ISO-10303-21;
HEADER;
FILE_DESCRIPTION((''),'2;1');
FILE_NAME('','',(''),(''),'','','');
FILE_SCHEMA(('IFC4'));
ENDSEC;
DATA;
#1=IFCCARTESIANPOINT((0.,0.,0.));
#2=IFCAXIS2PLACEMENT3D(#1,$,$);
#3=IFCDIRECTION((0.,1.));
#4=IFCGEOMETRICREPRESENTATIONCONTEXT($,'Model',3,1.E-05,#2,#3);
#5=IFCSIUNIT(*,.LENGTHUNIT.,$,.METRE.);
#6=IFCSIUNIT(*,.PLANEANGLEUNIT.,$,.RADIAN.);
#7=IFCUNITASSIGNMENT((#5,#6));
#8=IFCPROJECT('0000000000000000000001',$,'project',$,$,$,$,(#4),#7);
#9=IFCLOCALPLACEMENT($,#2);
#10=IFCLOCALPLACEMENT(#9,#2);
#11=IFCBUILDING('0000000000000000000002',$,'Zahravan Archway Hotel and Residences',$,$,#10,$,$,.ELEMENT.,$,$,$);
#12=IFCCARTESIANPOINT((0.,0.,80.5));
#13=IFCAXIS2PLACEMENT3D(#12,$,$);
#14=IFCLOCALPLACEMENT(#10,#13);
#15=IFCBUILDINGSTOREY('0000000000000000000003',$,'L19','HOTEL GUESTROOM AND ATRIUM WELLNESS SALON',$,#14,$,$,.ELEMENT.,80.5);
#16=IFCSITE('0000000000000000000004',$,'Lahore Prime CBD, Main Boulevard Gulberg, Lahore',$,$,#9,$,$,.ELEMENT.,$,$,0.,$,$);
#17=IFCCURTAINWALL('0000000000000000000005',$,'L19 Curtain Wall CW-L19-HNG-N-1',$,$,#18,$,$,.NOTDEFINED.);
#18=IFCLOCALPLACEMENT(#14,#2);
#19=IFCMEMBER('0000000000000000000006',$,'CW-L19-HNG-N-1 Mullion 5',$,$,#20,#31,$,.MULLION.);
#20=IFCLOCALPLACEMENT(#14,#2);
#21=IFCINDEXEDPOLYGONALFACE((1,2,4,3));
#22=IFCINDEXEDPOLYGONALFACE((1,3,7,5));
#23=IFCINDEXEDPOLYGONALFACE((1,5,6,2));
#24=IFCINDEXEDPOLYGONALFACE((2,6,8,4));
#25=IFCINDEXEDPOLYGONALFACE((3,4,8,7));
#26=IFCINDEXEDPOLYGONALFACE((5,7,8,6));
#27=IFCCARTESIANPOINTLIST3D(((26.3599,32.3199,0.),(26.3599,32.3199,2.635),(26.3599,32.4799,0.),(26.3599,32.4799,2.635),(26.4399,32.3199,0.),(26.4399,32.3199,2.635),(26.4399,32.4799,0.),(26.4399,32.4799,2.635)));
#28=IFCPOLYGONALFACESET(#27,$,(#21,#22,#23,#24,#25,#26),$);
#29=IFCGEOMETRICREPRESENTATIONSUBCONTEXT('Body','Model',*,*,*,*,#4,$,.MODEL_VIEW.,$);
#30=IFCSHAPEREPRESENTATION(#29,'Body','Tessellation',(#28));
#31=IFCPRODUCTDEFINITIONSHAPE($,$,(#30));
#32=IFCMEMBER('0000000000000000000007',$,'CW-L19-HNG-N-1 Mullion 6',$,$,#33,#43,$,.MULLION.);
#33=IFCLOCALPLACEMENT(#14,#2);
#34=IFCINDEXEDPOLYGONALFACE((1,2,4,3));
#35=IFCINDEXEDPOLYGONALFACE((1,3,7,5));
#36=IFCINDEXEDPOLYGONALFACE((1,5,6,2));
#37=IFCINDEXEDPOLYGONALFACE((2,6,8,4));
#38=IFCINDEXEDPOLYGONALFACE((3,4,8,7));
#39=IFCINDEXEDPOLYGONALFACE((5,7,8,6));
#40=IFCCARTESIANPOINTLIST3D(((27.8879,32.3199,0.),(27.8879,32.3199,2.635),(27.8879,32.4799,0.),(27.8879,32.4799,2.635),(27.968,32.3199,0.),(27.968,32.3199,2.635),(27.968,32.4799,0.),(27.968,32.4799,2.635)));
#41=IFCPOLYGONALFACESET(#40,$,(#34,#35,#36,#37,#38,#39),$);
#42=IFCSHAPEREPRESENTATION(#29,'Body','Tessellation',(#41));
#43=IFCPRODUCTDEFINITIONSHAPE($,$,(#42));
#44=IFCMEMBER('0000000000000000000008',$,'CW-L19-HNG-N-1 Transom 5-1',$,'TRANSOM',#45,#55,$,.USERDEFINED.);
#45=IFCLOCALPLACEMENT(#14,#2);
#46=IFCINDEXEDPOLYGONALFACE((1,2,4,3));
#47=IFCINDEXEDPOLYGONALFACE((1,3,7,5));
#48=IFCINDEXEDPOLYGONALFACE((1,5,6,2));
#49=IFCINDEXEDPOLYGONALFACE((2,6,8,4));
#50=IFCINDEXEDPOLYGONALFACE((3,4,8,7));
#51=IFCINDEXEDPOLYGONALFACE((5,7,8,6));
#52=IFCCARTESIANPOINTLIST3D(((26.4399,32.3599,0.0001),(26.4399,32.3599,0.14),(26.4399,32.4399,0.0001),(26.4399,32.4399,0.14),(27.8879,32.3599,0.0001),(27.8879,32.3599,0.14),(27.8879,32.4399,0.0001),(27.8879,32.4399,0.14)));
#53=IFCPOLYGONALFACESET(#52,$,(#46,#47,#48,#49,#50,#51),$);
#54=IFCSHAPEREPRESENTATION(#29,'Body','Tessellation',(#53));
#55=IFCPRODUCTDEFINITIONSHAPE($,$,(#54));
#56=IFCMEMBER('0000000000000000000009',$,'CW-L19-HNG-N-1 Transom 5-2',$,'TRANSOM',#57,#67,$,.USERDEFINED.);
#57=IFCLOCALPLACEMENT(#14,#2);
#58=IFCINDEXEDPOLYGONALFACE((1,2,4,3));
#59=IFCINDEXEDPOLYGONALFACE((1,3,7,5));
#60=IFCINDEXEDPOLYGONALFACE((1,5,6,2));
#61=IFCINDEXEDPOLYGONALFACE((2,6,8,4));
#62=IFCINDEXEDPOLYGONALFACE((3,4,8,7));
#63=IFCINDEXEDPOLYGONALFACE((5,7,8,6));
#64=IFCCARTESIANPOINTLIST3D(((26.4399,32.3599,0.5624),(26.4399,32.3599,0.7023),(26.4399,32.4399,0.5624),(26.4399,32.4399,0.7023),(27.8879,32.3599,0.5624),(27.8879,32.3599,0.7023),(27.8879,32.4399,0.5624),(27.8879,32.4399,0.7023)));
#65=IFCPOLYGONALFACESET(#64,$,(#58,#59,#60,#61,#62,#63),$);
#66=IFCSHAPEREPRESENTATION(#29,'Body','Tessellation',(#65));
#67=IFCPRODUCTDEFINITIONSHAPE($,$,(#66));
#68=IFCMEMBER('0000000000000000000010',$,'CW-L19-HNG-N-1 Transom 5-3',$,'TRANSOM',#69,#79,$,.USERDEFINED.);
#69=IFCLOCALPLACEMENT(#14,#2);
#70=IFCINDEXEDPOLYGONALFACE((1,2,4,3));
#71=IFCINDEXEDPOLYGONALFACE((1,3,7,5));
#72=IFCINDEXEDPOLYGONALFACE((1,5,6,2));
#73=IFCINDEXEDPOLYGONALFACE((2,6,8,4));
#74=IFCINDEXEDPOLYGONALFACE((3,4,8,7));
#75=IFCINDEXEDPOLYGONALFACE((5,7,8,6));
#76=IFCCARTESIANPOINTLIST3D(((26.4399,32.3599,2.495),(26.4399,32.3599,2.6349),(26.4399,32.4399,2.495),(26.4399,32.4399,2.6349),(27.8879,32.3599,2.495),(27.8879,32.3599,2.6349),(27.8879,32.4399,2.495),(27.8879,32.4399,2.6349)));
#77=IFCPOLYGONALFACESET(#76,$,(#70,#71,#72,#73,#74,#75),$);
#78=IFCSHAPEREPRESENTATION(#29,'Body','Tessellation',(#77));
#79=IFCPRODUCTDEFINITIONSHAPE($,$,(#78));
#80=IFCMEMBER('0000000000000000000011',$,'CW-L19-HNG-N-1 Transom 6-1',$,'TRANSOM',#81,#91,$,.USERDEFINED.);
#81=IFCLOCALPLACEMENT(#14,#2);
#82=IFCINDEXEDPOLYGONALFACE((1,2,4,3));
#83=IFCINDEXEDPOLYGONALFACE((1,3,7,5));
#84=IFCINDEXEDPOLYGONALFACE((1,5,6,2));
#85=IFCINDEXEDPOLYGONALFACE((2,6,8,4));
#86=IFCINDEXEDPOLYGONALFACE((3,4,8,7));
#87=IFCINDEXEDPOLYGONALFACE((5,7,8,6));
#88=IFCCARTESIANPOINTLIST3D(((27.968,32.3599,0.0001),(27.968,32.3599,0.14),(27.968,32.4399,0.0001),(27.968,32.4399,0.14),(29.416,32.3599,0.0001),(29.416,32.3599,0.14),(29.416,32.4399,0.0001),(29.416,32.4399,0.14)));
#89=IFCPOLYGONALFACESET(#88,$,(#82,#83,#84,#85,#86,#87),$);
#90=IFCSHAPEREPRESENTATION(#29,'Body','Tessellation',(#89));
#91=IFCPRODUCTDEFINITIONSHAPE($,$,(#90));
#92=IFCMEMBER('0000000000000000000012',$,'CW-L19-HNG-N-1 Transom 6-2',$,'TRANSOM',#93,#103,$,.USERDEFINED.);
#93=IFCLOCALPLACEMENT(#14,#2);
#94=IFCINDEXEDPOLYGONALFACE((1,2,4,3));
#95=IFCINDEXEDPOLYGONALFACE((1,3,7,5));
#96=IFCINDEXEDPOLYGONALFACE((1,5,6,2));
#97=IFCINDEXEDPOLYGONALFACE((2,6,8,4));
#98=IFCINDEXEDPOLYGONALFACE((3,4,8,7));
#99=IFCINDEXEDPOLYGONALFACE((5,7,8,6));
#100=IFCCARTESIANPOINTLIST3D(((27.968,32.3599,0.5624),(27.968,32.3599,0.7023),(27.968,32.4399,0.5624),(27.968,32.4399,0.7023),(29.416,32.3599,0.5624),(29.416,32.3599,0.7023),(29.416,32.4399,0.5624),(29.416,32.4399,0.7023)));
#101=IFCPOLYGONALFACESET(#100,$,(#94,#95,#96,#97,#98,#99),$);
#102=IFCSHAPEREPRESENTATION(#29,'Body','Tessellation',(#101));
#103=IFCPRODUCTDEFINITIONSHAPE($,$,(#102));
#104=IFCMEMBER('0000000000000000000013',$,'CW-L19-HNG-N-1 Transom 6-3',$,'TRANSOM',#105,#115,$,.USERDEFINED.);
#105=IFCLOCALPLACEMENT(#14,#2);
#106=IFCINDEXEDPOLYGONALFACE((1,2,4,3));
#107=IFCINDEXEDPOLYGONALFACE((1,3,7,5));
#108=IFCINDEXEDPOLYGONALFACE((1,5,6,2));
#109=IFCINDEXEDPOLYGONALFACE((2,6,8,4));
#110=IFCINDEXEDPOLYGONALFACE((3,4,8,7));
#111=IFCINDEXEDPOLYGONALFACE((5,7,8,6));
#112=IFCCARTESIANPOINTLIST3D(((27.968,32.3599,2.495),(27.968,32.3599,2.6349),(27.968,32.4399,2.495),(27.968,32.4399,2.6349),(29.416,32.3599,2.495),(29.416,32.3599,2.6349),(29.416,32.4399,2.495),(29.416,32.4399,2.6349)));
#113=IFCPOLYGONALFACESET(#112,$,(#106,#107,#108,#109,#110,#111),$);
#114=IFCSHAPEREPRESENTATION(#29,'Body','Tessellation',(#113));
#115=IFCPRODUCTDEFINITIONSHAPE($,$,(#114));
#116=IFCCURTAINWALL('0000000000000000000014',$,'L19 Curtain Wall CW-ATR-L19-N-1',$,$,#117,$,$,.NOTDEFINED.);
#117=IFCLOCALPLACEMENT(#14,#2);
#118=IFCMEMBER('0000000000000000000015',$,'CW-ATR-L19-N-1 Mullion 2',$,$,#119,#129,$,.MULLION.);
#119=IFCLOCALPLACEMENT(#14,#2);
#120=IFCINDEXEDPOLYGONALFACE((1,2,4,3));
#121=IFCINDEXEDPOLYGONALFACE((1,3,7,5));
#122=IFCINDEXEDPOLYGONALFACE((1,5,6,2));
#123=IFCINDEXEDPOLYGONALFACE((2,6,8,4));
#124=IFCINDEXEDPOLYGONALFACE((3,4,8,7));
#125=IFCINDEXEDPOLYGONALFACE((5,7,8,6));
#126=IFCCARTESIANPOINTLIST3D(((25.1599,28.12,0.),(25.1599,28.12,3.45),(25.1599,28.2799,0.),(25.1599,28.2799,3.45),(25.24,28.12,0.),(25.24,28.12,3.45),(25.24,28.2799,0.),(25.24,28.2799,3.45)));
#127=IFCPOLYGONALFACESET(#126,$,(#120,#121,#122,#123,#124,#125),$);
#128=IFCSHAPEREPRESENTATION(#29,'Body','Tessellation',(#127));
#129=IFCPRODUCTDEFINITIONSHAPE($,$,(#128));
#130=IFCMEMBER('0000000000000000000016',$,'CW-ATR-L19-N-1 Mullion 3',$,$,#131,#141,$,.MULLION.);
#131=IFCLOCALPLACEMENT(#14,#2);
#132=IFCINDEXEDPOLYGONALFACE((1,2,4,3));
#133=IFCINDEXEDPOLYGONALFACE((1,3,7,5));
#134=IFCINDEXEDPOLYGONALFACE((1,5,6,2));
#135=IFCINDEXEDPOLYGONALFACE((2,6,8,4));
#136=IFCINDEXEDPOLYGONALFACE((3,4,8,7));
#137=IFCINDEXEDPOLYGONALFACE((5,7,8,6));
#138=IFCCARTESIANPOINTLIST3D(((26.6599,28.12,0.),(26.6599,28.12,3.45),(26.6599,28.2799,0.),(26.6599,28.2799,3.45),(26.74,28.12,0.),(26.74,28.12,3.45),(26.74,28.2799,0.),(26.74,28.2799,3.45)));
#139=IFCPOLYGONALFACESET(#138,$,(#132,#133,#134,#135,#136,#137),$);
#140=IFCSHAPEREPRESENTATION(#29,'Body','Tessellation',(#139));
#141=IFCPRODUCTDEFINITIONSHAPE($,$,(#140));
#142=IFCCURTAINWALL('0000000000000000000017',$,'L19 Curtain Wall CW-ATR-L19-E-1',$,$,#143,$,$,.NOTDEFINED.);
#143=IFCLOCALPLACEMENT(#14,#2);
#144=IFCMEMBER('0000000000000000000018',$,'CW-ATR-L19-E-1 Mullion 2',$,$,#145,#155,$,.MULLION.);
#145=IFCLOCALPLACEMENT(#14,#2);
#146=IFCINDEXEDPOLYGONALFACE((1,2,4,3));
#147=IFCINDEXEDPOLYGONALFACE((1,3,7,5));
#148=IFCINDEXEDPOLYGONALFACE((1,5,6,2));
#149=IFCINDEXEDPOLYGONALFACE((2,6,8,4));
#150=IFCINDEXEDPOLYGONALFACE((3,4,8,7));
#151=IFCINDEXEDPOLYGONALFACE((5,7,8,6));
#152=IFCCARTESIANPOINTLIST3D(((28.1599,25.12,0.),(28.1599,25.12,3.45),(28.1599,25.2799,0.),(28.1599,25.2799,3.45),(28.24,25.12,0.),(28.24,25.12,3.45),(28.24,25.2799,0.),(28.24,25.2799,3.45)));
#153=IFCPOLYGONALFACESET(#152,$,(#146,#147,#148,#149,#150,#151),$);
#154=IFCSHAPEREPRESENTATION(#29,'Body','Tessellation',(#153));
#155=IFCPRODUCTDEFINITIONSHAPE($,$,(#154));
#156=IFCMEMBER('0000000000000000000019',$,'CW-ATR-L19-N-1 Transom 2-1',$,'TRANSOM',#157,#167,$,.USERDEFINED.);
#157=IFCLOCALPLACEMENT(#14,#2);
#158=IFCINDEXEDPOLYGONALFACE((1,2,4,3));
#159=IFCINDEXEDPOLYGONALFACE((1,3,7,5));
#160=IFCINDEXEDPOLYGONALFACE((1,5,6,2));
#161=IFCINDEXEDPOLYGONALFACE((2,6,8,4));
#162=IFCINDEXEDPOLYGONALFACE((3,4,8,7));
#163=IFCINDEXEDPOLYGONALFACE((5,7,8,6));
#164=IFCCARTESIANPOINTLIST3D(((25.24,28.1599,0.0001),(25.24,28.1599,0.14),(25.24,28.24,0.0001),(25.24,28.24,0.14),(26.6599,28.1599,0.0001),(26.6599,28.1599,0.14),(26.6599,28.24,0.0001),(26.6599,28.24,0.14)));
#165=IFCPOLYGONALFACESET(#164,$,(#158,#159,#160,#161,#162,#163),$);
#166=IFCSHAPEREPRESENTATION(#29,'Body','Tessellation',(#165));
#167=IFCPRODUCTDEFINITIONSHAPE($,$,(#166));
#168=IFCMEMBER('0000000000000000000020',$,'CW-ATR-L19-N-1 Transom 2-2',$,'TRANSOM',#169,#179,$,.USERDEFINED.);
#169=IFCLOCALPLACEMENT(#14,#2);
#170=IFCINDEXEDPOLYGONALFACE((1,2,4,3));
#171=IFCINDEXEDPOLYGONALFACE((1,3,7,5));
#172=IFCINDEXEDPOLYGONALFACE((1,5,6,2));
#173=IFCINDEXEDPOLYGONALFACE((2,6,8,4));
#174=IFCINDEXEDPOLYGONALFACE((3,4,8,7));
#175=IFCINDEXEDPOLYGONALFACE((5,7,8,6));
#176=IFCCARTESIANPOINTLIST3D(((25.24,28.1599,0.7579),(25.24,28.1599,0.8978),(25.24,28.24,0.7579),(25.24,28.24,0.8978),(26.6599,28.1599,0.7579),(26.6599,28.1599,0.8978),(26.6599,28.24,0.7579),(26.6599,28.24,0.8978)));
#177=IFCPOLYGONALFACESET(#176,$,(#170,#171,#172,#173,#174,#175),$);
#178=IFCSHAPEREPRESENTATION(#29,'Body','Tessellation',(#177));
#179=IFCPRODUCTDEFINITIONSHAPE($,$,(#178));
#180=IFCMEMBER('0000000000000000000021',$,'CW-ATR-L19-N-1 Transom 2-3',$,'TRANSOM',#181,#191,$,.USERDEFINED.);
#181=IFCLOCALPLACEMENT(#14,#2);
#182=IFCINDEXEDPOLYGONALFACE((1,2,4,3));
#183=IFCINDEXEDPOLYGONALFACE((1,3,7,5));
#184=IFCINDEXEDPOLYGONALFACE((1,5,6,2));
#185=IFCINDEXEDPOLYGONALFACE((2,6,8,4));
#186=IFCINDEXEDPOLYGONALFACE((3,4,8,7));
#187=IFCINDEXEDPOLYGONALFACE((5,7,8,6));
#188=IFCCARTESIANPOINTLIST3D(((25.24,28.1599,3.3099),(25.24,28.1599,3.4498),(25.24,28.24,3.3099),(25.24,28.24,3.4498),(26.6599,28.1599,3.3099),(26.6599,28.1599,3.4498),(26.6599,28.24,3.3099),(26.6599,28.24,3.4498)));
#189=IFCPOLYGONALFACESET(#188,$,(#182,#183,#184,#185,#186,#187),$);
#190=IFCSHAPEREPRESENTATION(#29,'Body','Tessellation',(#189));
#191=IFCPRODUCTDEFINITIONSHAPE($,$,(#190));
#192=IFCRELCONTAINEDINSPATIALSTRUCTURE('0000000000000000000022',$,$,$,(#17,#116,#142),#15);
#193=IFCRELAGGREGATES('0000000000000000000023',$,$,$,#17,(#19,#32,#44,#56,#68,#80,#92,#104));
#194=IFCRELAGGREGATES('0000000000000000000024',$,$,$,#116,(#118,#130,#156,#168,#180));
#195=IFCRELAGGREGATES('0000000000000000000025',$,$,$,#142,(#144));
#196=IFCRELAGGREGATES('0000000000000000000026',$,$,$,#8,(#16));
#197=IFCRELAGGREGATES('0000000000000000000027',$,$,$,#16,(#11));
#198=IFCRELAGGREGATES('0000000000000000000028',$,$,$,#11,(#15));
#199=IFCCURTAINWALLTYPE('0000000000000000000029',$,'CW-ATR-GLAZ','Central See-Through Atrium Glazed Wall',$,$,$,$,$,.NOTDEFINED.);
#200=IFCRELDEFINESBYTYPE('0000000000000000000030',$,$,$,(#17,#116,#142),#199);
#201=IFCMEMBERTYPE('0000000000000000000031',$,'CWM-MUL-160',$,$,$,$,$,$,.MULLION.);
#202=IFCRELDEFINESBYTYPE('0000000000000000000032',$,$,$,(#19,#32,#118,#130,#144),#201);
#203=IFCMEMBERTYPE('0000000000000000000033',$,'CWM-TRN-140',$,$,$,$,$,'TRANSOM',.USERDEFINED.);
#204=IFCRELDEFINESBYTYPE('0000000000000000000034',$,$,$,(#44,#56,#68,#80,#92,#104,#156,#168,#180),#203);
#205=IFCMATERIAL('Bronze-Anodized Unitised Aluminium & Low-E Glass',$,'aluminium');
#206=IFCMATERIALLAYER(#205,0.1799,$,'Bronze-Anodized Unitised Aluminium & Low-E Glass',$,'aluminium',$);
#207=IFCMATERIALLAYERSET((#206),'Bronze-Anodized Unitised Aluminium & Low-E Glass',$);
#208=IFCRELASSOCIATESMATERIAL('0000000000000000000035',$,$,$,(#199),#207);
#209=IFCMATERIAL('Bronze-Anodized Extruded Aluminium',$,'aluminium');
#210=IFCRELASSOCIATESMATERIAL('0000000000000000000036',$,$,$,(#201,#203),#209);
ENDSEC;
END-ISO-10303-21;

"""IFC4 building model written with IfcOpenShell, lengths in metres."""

from ifc_helpers import new_model, si_unit, direction, frame, origin, origin_2d, place, context, subcontext, project, spatial, rectangle, extrude, source, transform, mapped, material, layer, layer_set, material_profile, profile_set, type_object, element, aggregate, save


model = new_model("IFC4")

# Units and contexts
model_context = context("Model", 3, precision=1e-05, world=origin(), true_north=direction((0.0, 1.0)))
body_context = subcontext(model_context, "Body", "Model", "MODEL_VIEW")
ifc_project = project(units=[si_unit("LENGTHUNIT", "METRE"), si_unit("PLANEANGLEUNIT", "RADIAN")], contexts=[model_context])

# Site, building, storey
site_placement = place(None, origin())
site = spatial("IfcSite", under=ifc_project, at=site_placement, Name="Lahore Prime CBD, Main Boulevard Gulberg, Lahore", CompositionType="ELEMENT", RefElevation=0.0)
building_placement = place(site_placement, origin())
building = spatial("IfcBuilding", under=site, at=building_placement, Name="Zahravan Archway Hotel and Residences", CompositionType="ELEMENT")
storey_placement = place(building_placement, frame((0.0, 0.0, 80.5)))
storey = spatial("IfcBuildingStorey", under=building, at=storey_placement, Name="L19", Description="HOTEL GUESTROOM AND ATRIUM WELLNESS SALON", CompositionType="ELEMENT", Elevation=80.5)

# Curtain walls, members
ifc_material_1 = material(Name="Bronze-Anodized Unitised Aluminium & Low-E Glass", Category="aluminium")
ifc_layer_1 = layer(ifc_material_1, 0.1799, Name="Bronze-Anodized Unitised Aluminium & Low-E Glass", Category="aluminium")
ifc_layer_set_1 = layer_set([ifc_layer_1], Name="Bronze-Anodized Unitised Aluminium & Low-E Glass")
curtain_wall_type = type_object("IfcCurtainWallType", Name="CW-ATR-GLAZ", Description="Central See-Through Atrium Glazed Wall", PredefinedType="NOTDEFINED", material=ifc_layer_set_1)
curtain_wall_1_placement = place(storey_placement, origin())
curtain_wall_1 = element("IfcCurtainWall", 1, at=curtain_wall_1_placement, inside=storey, type_object=curtain_wall_type, Name="L19 Curtain Wall CW-L19-HNG-N-1", PredefinedType="NOTDEFINED")
ifc_material_2 = material(Name="Bronze-Anodized Extruded Aluminium", Category="aluminium")
ifc_material_profile_1 = material_profile(ifc_material_2, rectangle(XDim=0.0801, YDim=0.1599, at=origin_2d()), Name="MUL 80x160", Category="aluminium")
ifc_profile_set_1 = profile_set([ifc_material_profile_1], Name="Bronze-Anodized Extruded Aluminium")
member_type_1 = type_object("IfcMemberType", Name="CWM-MUL-160", PredefinedType="MULLION", material=ifc_profile_set_1)
shared_shape_1 = source(origin(), body_context, "Body", "SweptSolid", [
    extrude(rectangle(XDim=0.0801, YDim=0.1599, at=origin_2d()), origin(), (0.0, 0.0, 1.0), 2.635),
])
member_1_placement = place(storey_placement, frame((26.3999, 32.3999, 0.0), z_axis=(0.0, 0.0, 1.0), x_axis=(1.0, 0.0, 0.0)))
member_1 = element("IfcMember", 2, at=member_1_placement, type_object=member_type_1, Name="CW-L19-HNG-N-1 Mullion 5", PredefinedType="MULLION", context=body_context, shape_type="MappedRepresentation", body=[
    mapped(shared_shape_1, transform((0.0, 0.0, 0.0), scale=1.0)),
])
member_2_placement = place(storey_placement, frame((27.928, 32.3999, 0.0), z_axis=(0.0, 0.0, 1.0), x_axis=(1.0, 0.0, 0.0)))
member_2 = element("IfcMember", 3, at=member_2_placement, type_object=member_type_1, Name="CW-L19-HNG-N-1 Mullion 6", PredefinedType="MULLION", context=body_context, shape_type="MappedRepresentation", body=[
    mapped(shared_shape_1, transform((0.0, 0.0, 0.0), scale=1.0)),
])
ifc_material_profile_2 = material_profile(ifc_material_2, rectangle(XDim=0.0801, YDim=0.1399, at=origin_2d()), Name="TRN 80x140", Category="aluminium")
ifc_profile_set_2 = profile_set([ifc_material_profile_2], Name="Bronze-Anodized Extruded Aluminium")
member_type_2 = type_object("IfcMemberType", Name="CWM-TRN-140", ElementType="TRANSOM", PredefinedType="USERDEFINED", material=ifc_profile_set_2)
shared_shape_2 = source(origin(), body_context, "Body", "SweptSolid", [
    extrude(rectangle(XDim=0.0801, YDim=0.1399, at=origin_2d()), origin(), (0.0, 0.0, 1.0), 1.448),
])
member_3_placement = place(storey_placement, frame((26.4399, 32.3999, 0.0701), z_axis=(1.0, 0.0, 0.0), x_axis=(0.0, 1.0, 0.0)))
member_3 = element("IfcMember", 4, at=member_3_placement, type_object=member_type_2, Name="CW-L19-HNG-N-1 Transom 5-1", ObjectType="TRANSOM", PredefinedType="USERDEFINED", context=body_context, shape_type="MappedRepresentation", body=[
    mapped(shared_shape_2, transform((0.0, 0.0, 0.0), scale=1.0)),
])
member_4_placement = place(storey_placement, frame((26.4399, 32.3999, 0.6323), z_axis=(1.0, 0.0, 0.0), x_axis=(0.0, 1.0, 0.0)))
member_4 = element("IfcMember", 5, at=member_4_placement, type_object=member_type_2, Name="CW-L19-HNG-N-1 Transom 5-2", ObjectType="TRANSOM", PredefinedType="USERDEFINED", context=body_context, shape_type="MappedRepresentation", body=[
    mapped(shared_shape_2, transform((0.0, 0.0, 0.0), scale=1.0)),
])
member_5_placement = place(storey_placement, frame((26.4399, 32.3999, 2.5649), z_axis=(1.0, 0.0, 0.0), x_axis=(0.0, 1.0, 0.0)))
member_5 = element("IfcMember", 6, at=member_5_placement, type_object=member_type_2, Name="CW-L19-HNG-N-1 Transom 5-3", ObjectType="TRANSOM", PredefinedType="USERDEFINED", context=body_context, shape_type="MappedRepresentation", body=[
    mapped(shared_shape_2, transform((0.0, 0.0, 0.0), scale=1.0)),
])
member_6_placement = place(storey_placement, frame((27.968, 32.3999, 0.0701), z_axis=(1.0, 0.0, 0.0), x_axis=(0.0, 1.0, 0.0)))
member_6 = element("IfcMember", 7, at=member_6_placement, type_object=member_type_2, Name="CW-L19-HNG-N-1 Transom 6-1", ObjectType="TRANSOM", PredefinedType="USERDEFINED", context=body_context, shape_type="MappedRepresentation", body=[
    mapped(shared_shape_2, transform((0.0, 0.0, 0.0), scale=1.0)),
])
member_7_placement = place(storey_placement, frame((27.968, 32.3999, 0.6323), z_axis=(1.0, 0.0, 0.0), x_axis=(0.0, 1.0, 0.0)))
member_7 = element("IfcMember", 8, at=member_7_placement, type_object=member_type_2, Name="CW-L19-HNG-N-1 Transom 6-2", ObjectType="TRANSOM", PredefinedType="USERDEFINED", context=body_context, shape_type="MappedRepresentation", body=[
    mapped(shared_shape_2, transform((0.0, 0.0, 0.0), scale=1.0)),
])
member_8_placement = place(storey_placement, frame((27.968, 32.3999, 2.5649), z_axis=(1.0, 0.0, 0.0), x_axis=(0.0, 1.0, 0.0)))
member_8 = element("IfcMember", 9, at=member_8_placement, type_object=member_type_2, Name="CW-L19-HNG-N-1 Transom 6-3", ObjectType="TRANSOM", PredefinedType="USERDEFINED", context=body_context, shape_type="MappedRepresentation", body=[
    mapped(shared_shape_2, transform((0.0, 0.0, 0.0), scale=1.0)),
])
curtain_wall_2_placement = place(storey_placement, origin())
curtain_wall_2 = element("IfcCurtainWall", 10, at=curtain_wall_2_placement, inside=storey, type_object=curtain_wall_type, Name="L19 Curtain Wall CW-ATR-L19-N-1", PredefinedType="NOTDEFINED")
shared_shape_3 = source(origin(), body_context, "Body", "SweptSolid", [
    extrude(rectangle(XDim=0.0801, YDim=0.1599, at=origin_2d()), origin(), (0.0, 0.0, 1.0), 3.45),
])
member_9_placement = place(storey_placement, frame((25.2, 28.2, 0.0), z_axis=(0.0, 0.0, 1.0), x_axis=(1.0, 0.0, 0.0)))
member_9 = element("IfcMember", 11, at=member_9_placement, type_object=member_type_1, Name="CW-ATR-L19-N-1 Mullion 2", PredefinedType="MULLION", context=body_context, shape_type="MappedRepresentation", body=[
    mapped(shared_shape_3, transform((0.0, 0.0, 0.0), scale=1.0)),
])
member_10_placement = place(storey_placement, frame((26.7, 28.2, 0.0), z_axis=(0.0, 0.0, 1.0), x_axis=(1.0, 0.0, 0.0)))
member_10 = element("IfcMember", 12, at=member_10_placement, type_object=member_type_1, Name="CW-ATR-L19-N-1 Mullion 3", PredefinedType="MULLION", context=body_context, shape_type="MappedRepresentation", body=[
    mapped(shared_shape_3, transform((0.0, 0.0, 0.0), scale=1.0)),
])

# Curtain wall, member
curtain_wall_3_placement = place(storey_placement, origin())
curtain_wall_3 = element("IfcCurtainWall", 13, at=curtain_wall_3_placement, inside=storey, type_object=curtain_wall_type, Name="L19 Curtain Wall CW-ATR-L19-E-1", PredefinedType="NOTDEFINED")
member_11_placement = place(storey_placement, frame((28.2, 25.2, 0.0), z_axis=(0.0, 0.0, 1.0), x_axis=(1.0, 0.0, 0.0)))
member_11 = element("IfcMember", 14, at=member_11_placement, type_object=member_type_1, Name="CW-ATR-L19-E-1 Mullion 2", PredefinedType="MULLION", context=body_context, shape_type="MappedRepresentation", body=[
    mapped(shared_shape_3, transform((0.0, 0.0, 0.0), scale=1.0)),
])

# Members
shared_shape_4 = source(origin(), body_context, "Body", "SweptSolid", [
    extrude(rectangle(XDim=0.0801, YDim=0.1399, at=origin_2d()), origin(), (0.0, 0.0, 1.0), 1.4199),
])
member_12_placement = place(storey_placement, frame((25.24, 28.2, 0.0701), z_axis=(1.0, 0.0, 0.0), x_axis=(0.0, 1.0, 0.0)))
member_12 = element("IfcMember", 15, at=member_12_placement, type_object=member_type_2, Name="CW-ATR-L19-N-1 Transom 2-1", ObjectType="TRANSOM", PredefinedType="USERDEFINED", context=body_context, shape_type="MappedRepresentation", body=[
    mapped(shared_shape_4, transform((0.0, 0.0, 0.0), scale=1.0)),
])
member_13_placement = place(storey_placement, frame((25.24, 28.2, 0.8279), z_axis=(1.0, 0.0, 0.0), x_axis=(0.0, 1.0, 0.0)))
member_13 = element("IfcMember", 16, at=member_13_placement, type_object=member_type_2, Name="CW-ATR-L19-N-1 Transom 2-2", ObjectType="TRANSOM", PredefinedType="USERDEFINED", context=body_context, shape_type="MappedRepresentation", body=[
    mapped(shared_shape_4, transform((0.0, 0.0, 0.0), scale=1.0)),
])
member_14_placement = place(storey_placement, frame((25.24, 28.2, 3.3799), z_axis=(1.0, 0.0, 0.0), x_axis=(0.0, 1.0, 0.0)))
member_14 = element("IfcMember", 17, at=member_14_placement, type_object=member_type_2, Name="CW-ATR-L19-N-1 Transom 2-3", ObjectType="TRANSOM", PredefinedType="USERDEFINED", context=body_context, shape_type="MappedRepresentation", body=[
    mapped(shared_shape_4, transform((0.0, 0.0, 0.0), scale=1.0)),
])

aggregate(curtain_wall_1, [member_1, member_2, member_3, member_4, member_5, member_6, member_7, member_8])
aggregate(curtain_wall_2, [member_9, member_10, member_12, member_13, member_14])
aggregate(curtain_wall_3, [member_11])

save(model, "model.ifc")
